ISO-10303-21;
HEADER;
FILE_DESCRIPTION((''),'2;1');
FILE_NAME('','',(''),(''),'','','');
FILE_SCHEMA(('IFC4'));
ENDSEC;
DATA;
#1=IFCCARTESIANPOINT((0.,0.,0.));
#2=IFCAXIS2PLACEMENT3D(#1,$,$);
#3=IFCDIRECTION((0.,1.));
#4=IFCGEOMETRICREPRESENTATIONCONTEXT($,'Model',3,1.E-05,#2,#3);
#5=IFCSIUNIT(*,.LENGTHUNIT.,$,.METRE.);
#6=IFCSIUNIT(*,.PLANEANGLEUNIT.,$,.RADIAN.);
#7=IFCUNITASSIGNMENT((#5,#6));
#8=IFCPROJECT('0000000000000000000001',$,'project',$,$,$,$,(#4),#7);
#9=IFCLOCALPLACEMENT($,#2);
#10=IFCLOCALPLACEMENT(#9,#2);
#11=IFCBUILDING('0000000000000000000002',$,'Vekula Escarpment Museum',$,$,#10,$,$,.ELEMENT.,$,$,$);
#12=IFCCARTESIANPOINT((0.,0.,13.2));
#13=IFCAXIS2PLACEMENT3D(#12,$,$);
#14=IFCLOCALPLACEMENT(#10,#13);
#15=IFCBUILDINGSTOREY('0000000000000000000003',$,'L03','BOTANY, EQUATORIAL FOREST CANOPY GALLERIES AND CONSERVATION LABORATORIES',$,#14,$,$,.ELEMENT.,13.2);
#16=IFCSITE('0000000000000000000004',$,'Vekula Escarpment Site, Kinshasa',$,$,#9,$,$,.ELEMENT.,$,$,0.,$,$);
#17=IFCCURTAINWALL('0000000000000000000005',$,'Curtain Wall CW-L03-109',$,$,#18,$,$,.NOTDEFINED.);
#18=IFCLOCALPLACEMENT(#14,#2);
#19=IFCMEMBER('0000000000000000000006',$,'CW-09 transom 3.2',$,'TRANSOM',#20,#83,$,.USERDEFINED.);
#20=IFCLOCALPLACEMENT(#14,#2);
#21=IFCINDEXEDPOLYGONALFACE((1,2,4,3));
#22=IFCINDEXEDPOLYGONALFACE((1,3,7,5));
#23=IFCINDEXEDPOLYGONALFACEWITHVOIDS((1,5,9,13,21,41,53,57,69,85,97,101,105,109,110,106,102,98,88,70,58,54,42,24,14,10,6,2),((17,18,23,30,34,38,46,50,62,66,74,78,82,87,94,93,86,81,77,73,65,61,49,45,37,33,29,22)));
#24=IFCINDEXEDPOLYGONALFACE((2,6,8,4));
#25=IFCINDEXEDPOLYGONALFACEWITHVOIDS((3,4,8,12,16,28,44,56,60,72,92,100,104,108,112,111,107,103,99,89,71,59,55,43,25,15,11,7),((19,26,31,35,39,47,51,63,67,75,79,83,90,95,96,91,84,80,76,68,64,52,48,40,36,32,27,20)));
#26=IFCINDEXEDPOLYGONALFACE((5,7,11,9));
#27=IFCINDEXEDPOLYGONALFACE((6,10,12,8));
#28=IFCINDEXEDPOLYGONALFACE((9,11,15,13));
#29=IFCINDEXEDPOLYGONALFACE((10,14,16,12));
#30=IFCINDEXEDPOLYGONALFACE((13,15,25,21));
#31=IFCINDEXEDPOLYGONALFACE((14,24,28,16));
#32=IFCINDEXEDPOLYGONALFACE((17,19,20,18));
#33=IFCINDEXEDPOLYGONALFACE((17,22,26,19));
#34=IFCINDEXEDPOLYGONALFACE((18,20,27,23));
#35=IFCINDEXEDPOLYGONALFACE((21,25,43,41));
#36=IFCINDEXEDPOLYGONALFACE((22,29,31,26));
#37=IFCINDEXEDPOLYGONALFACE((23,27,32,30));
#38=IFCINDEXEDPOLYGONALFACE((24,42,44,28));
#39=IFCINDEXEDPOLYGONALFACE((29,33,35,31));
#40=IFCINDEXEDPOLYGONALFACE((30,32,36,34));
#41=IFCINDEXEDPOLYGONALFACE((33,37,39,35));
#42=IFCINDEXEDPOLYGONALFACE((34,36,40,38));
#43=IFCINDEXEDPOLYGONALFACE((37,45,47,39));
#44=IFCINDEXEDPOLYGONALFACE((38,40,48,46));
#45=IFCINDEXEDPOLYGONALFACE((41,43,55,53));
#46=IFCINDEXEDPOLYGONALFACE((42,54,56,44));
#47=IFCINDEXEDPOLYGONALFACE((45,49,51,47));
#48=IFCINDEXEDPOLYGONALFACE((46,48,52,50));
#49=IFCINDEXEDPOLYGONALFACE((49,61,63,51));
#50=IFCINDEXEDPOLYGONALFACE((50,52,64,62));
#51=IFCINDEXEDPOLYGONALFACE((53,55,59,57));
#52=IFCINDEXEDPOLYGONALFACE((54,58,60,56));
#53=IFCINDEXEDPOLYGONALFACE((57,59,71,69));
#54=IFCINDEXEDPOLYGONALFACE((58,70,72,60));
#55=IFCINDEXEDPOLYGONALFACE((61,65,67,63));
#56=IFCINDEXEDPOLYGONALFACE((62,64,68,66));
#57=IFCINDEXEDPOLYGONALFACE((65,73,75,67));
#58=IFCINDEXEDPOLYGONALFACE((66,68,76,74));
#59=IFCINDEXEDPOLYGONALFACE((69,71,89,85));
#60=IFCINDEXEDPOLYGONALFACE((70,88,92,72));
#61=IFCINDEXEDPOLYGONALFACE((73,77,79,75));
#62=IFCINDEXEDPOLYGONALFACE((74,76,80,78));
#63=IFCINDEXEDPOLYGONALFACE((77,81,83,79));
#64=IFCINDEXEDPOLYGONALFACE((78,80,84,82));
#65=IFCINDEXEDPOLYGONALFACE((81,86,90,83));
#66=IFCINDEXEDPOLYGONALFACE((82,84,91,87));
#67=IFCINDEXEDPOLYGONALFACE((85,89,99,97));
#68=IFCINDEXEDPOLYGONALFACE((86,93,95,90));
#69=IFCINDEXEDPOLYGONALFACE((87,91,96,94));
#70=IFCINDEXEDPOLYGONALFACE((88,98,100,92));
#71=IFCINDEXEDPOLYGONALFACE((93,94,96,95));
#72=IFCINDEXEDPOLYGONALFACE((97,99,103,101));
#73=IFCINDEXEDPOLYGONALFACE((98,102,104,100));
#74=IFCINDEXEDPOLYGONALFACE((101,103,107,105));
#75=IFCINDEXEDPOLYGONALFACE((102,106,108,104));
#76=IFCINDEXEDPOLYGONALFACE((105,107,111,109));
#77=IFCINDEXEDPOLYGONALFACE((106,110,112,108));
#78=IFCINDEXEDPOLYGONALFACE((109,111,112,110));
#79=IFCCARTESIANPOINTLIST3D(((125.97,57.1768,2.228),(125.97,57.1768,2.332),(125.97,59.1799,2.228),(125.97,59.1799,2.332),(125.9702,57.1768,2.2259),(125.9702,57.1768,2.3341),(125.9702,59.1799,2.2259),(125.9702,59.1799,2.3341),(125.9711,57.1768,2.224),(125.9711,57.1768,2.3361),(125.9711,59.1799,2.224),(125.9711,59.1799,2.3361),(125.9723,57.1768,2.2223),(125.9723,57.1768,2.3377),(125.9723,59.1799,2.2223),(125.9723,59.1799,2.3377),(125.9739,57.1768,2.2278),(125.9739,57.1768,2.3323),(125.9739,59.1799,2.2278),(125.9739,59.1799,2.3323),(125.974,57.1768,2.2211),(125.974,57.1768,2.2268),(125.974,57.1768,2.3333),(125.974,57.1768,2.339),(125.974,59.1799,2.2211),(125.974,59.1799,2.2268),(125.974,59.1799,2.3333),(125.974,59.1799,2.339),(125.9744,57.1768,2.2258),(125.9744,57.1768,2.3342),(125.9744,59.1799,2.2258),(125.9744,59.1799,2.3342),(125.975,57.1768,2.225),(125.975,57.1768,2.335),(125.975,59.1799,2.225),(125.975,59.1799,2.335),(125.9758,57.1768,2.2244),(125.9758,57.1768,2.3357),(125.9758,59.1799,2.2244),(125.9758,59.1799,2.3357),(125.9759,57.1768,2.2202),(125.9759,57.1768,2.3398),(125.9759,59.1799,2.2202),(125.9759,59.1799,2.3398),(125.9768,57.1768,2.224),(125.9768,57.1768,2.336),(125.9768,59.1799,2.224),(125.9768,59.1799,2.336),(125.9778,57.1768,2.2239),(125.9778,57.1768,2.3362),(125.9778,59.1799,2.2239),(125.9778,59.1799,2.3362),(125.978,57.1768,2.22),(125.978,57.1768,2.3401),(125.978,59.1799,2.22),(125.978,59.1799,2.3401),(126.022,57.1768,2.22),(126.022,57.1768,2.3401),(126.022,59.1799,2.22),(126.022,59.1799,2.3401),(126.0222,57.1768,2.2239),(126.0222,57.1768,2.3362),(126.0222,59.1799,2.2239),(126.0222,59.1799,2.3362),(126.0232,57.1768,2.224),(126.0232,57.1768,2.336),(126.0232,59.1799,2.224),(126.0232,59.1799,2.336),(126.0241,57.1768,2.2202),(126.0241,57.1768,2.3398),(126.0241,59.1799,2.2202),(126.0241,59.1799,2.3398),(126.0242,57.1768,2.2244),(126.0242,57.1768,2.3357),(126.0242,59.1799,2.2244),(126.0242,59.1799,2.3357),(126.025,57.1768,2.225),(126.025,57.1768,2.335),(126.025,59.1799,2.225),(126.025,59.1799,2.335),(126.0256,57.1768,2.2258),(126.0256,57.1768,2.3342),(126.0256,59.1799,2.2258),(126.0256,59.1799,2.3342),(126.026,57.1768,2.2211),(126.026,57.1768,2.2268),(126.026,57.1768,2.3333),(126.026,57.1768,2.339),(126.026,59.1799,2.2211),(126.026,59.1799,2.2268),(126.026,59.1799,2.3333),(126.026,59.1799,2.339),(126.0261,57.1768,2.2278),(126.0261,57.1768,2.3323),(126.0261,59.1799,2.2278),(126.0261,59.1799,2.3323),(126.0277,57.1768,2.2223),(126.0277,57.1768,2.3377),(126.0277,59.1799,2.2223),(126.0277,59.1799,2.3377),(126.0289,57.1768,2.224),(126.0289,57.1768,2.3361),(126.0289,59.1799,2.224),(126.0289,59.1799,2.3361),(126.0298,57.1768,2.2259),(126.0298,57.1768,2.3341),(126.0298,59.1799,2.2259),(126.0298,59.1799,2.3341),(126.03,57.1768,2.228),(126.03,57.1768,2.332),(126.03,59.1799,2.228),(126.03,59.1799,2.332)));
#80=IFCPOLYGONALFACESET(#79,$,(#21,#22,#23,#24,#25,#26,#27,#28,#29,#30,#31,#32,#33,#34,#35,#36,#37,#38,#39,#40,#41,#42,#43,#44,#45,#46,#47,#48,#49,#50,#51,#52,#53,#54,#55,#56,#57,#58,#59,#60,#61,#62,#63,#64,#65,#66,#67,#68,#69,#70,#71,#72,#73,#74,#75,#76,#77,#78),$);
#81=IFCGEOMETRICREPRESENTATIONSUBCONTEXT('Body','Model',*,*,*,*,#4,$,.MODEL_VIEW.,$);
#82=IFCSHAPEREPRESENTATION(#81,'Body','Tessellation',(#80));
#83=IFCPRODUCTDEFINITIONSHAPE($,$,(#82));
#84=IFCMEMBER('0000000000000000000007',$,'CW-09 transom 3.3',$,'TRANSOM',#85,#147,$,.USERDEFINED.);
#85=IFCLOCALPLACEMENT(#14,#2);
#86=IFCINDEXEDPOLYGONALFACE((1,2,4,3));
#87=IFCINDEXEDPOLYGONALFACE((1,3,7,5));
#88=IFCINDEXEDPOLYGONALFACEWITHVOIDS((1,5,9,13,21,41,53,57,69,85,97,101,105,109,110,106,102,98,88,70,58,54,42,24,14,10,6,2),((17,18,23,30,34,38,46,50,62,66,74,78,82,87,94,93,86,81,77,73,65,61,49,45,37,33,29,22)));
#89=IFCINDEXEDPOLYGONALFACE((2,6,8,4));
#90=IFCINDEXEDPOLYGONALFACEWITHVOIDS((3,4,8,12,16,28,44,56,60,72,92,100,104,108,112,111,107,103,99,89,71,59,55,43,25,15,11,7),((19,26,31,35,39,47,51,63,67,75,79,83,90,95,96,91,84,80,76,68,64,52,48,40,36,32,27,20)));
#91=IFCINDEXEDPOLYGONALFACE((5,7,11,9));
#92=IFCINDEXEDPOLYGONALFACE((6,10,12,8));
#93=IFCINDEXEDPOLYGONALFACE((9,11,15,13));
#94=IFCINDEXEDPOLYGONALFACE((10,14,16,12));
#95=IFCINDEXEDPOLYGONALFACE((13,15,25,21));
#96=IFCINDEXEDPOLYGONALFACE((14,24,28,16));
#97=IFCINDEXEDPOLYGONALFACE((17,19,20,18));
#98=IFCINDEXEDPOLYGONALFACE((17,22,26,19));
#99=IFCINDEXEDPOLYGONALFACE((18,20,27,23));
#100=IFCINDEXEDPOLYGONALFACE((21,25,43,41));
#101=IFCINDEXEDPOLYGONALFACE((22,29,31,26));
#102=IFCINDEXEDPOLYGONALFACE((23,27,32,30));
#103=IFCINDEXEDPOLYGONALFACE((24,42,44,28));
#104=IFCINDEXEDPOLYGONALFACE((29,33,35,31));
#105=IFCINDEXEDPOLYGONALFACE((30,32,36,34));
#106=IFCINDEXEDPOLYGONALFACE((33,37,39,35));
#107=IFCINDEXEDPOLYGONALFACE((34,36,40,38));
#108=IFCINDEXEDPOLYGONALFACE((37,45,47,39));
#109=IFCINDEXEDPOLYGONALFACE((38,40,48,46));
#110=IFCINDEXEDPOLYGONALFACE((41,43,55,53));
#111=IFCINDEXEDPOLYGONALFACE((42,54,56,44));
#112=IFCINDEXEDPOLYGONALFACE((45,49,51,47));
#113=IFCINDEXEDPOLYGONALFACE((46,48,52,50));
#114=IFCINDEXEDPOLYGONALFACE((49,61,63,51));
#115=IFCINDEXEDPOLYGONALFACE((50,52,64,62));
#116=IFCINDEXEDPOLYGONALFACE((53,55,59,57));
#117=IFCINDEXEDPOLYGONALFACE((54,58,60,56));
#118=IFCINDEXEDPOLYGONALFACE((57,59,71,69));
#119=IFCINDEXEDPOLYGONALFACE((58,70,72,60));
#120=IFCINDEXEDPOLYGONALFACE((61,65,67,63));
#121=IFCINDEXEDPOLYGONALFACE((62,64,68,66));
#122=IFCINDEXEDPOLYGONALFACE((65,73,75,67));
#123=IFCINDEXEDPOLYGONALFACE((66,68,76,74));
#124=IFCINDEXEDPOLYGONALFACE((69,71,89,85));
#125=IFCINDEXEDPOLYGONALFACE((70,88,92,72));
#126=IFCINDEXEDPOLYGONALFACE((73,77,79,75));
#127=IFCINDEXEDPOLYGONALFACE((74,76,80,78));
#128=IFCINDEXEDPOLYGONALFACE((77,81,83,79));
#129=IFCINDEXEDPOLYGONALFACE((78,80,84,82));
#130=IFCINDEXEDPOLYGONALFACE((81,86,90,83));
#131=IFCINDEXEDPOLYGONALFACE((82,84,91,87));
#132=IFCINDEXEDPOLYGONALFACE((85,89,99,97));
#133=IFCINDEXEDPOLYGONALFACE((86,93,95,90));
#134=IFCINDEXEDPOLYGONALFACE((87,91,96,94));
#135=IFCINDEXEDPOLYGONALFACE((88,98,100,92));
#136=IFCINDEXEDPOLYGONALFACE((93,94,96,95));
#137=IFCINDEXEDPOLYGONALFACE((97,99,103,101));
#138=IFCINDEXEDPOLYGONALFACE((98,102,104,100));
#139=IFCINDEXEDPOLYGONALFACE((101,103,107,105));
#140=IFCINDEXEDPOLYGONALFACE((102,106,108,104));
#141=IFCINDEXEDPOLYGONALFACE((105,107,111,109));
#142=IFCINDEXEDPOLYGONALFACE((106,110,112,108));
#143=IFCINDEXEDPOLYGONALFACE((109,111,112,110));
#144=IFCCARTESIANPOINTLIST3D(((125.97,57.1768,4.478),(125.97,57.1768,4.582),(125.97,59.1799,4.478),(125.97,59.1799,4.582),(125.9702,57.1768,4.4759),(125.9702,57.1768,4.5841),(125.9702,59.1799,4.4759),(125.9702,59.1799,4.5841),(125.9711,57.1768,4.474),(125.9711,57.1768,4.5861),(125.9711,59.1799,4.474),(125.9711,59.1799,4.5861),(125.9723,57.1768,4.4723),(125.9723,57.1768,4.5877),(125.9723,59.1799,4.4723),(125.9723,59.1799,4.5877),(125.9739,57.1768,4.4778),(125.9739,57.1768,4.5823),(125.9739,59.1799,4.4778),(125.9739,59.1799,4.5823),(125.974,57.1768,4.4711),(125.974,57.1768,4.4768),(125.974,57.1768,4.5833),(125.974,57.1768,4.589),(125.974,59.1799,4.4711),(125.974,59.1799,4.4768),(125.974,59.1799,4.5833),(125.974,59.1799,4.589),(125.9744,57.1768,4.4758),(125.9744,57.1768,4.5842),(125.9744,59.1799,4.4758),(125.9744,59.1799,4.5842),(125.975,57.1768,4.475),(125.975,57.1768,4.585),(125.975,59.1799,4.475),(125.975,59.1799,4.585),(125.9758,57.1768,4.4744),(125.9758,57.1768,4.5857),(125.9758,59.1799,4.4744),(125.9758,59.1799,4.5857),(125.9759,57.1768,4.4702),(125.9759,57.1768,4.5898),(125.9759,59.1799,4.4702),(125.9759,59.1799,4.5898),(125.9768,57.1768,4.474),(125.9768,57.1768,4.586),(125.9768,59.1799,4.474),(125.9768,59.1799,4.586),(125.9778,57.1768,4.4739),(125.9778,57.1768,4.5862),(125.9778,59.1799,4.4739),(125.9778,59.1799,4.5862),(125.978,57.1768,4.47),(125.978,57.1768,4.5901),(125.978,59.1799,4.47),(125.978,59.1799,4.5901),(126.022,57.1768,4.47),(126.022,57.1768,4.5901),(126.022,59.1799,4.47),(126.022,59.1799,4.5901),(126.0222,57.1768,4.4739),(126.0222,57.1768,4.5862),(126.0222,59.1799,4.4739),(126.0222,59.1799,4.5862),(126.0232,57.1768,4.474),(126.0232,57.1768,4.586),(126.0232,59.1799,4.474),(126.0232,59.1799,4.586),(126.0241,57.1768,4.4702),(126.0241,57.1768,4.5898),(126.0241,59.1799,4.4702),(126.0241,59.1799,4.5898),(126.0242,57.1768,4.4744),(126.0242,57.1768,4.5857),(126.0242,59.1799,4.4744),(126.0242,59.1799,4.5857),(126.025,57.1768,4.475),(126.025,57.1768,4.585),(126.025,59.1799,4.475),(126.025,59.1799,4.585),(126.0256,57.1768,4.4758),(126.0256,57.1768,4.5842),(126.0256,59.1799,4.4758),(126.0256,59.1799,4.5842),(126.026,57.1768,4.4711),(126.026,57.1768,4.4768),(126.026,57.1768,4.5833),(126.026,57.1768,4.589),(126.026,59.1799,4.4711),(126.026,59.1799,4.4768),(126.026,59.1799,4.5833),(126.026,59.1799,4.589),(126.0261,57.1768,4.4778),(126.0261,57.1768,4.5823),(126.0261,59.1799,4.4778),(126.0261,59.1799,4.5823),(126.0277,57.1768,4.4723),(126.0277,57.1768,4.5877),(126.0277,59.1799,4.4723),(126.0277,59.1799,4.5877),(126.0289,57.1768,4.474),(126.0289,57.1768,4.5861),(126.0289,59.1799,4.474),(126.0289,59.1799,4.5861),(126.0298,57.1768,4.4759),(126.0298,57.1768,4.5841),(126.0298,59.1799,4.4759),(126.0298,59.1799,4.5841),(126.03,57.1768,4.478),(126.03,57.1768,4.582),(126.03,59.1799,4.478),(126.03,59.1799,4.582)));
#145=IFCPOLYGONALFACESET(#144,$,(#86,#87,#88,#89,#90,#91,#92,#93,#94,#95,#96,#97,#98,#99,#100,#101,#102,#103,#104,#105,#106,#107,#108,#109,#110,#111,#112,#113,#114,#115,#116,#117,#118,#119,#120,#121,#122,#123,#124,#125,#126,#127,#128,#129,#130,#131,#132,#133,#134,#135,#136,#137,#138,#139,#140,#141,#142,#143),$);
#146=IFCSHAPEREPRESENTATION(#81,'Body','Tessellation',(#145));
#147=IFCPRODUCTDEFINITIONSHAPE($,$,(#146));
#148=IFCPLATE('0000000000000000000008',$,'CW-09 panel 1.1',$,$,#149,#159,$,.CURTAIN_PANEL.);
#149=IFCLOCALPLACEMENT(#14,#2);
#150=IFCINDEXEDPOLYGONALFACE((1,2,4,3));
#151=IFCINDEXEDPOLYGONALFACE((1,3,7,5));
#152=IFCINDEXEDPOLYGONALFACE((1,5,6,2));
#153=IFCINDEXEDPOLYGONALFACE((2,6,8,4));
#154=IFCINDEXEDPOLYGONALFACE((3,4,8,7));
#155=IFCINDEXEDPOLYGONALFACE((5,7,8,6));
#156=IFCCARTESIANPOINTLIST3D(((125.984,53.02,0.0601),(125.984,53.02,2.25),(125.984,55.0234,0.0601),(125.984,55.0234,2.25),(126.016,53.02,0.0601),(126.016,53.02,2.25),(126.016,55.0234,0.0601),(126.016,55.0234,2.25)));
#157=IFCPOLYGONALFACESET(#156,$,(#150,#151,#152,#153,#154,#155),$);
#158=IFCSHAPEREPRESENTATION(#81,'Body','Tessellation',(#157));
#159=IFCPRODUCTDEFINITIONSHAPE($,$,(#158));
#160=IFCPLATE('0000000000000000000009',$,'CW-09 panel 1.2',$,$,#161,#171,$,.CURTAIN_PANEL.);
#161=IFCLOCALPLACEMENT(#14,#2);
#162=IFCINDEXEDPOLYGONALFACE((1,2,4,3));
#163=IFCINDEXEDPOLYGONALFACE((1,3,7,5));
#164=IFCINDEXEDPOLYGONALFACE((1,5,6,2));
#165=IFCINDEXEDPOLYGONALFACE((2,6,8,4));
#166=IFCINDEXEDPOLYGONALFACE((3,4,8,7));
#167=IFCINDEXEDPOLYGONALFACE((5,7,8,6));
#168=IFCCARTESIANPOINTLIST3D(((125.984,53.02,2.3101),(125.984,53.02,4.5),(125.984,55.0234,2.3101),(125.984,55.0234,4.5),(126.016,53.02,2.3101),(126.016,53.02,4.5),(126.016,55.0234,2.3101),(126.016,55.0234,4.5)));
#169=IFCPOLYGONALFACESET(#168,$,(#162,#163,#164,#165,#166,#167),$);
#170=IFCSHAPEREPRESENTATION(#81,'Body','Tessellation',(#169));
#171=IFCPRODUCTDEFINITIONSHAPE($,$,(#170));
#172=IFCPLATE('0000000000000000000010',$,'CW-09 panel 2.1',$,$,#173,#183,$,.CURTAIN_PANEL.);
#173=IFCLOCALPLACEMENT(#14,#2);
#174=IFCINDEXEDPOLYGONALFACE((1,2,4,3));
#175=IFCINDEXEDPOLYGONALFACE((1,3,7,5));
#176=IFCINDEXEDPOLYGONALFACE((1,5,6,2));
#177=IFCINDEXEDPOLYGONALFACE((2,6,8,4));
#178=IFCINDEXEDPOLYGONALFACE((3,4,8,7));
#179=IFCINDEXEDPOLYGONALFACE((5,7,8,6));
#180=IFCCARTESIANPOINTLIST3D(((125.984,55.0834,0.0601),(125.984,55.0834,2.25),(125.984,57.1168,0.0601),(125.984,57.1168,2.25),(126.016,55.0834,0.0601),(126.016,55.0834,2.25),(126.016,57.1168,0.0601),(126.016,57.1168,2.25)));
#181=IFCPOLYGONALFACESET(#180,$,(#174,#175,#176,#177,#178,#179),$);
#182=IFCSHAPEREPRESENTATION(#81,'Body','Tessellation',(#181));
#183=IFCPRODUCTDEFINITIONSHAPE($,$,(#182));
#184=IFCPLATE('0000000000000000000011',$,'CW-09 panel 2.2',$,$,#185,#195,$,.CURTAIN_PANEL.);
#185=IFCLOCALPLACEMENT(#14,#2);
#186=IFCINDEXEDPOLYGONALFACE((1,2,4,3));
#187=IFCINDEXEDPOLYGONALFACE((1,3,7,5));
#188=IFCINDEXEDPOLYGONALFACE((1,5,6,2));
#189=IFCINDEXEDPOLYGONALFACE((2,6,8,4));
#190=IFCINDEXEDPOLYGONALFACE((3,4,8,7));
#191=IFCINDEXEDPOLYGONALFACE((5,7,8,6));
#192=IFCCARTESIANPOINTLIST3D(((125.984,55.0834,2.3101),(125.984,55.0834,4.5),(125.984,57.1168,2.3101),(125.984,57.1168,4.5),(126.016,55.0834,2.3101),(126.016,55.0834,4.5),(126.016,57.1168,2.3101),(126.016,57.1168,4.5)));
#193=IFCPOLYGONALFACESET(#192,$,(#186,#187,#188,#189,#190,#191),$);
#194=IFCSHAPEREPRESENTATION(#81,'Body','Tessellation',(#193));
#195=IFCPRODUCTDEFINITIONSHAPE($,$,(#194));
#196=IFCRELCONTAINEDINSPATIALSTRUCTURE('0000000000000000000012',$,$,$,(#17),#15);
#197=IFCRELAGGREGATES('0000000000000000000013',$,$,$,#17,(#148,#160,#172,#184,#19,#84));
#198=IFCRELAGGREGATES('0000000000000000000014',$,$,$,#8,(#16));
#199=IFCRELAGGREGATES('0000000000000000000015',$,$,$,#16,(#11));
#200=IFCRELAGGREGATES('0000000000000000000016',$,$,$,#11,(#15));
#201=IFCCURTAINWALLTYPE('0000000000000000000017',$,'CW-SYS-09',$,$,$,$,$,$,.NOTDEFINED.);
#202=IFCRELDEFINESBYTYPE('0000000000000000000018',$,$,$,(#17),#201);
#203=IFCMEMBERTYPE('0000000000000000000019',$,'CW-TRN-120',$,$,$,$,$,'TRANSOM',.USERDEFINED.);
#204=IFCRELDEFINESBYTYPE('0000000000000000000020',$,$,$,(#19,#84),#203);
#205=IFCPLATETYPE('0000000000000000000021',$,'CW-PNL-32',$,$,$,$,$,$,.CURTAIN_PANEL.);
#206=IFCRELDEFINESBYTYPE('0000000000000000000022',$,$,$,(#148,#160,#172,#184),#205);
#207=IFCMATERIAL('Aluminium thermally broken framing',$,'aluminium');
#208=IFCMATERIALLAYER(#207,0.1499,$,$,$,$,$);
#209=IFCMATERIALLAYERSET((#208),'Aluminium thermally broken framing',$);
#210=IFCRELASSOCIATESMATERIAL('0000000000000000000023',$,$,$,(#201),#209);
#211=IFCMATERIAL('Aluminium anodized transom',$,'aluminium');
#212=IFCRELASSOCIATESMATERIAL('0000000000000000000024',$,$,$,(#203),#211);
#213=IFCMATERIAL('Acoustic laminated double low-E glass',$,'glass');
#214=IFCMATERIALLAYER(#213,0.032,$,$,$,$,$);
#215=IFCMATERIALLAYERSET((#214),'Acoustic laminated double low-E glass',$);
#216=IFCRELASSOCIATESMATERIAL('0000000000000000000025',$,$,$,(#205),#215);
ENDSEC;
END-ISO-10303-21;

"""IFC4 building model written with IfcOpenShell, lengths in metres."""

from ifc_helpers import new_model, si_unit, direction, frame, origin, origin_2d, place, context, subcontext, project, spatial, rectangle, hollow_rectangle, extrude, material, layer, layer_set, material_profile, profile_set, type_object, element, aggregate, save


model = new_model("IFC4")

# Units and contexts
model_context = context("Model", 3, precision=1e-05, world=origin(), true_north=direction((0.0, 1.0)))
body_context = subcontext(model_context, "Body", "Model", "MODEL_VIEW")
ifc_project = project(units=[si_unit("LENGTHUNIT", "METRE"), si_unit("PLANEANGLEUNIT", "RADIAN")], contexts=[model_context])

# Site, building, storey
site_placement = place(None, origin())
site = spatial("IfcSite", under=ifc_project, at=site_placement, Name="Vekula Escarpment Site, Kinshasa", CompositionType="ELEMENT", RefElevation=0.0)
building_placement = place(site_placement, origin())
building = spatial("IfcBuilding", under=site, at=building_placement, Name="Vekula Escarpment Museum", CompositionType="ELEMENT")
storey_placement = place(building_placement, frame((0.0, 0.0, 13.2)))
storey = spatial("IfcBuildingStorey", under=building, at=storey_placement, Name="L03", Description="BOTANY, EQUATORIAL FOREST CANOPY GALLERIES AND CONSERVATION LABORATORIES", CompositionType="ELEMENT", Elevation=13.2)

# Curtain wall, members, plates
ifc_material_1 = material(Name="Aluminium thermally broken framing", Category="aluminium")
ifc_layer_1 = layer(ifc_material_1, 0.1499)
ifc_layer_set_1 = layer_set([ifc_layer_1], Name="Aluminium thermally broken framing")
curtain_wall_type = type_object("IfcCurtainWallType", Name="CW-SYS-09", PredefinedType="NOTDEFINED", material=ifc_layer_set_1)
curtain_wall_placement = place(storey_placement, origin())
curtain_wall = element("IfcCurtainWall", 1, at=curtain_wall_placement, inside=storey, type_object=curtain_wall_type, Name="Curtain Wall CW-L03-109", PredefinedType="NOTDEFINED")
ifc_material_2 = material(Name="Aluminium anodized transom", Category="aluminium")
ifc_material_profile_1 = material_profile(ifc_material_2, hollow_rectangle(XDim=0.0601, YDim=0.1201, WallThickness=0.0039, InnerFilletRadius=0.0039, OuterFilletRadius=0.0081, at=origin_2d()), Name="ALU 120x60x4")
ifc_profile_set_1 = profile_set([ifc_material_profile_1], Name="Aluminium anodized transom")
member_type_1 = type_object("IfcMemberType", Name="CW-TRN-120", ElementType="TRANSOM", PredefinedType="USERDEFINED", material=ifc_profile_set_1)
member_1_placement = place(storey_placement, frame((126.0, 57.1768, 2.28), z_axis=(0.0, 1.0, 0.0), x_axis=(-1.0, 0.0, 0.0)))
member_1 = element("IfcMember", 2, at=member_1_placement, type_object=member_type_1, Name="CW-09 transom 3.2", ObjectType="TRANSOM", PredefinedType="USERDEFINED", context=body_context, shape_type="SweptSolid", body=[
    extrude(hollow_rectangle(XDim=0.0601, YDim=0.1201, WallThickness=0.0039, InnerFilletRadius=0.0039, OuterFilletRadius=0.0081, at=origin_2d()), origin(), (0.0, 0.0, 1.0), 2.0032),
])
member_2_placement = place(storey_placement, frame((126.0, 57.1768, 4.53), z_axis=(0.0, 1.0, 0.0), x_axis=(-1.0, 0.0, 0.0)))
member_2 = element("IfcMember", 3, at=member_2_placement, type_object=member_type_1, Name="CW-09 transom 3.3", ObjectType="TRANSOM", PredefinedType="USERDEFINED", context=body_context, shape_type="SweptSolid", body=[
    extrude(hollow_rectangle(XDim=0.0601, YDim=0.1201, WallThickness=0.0039, InnerFilletRadius=0.0039, OuterFilletRadius=0.0081, at=origin_2d()), origin(), (0.0, 0.0, 1.0), 2.0032),
])
ifc_material_3 = material(Name="Acoustic laminated double low-E glass", Category="glass")
ifc_layer_2 = layer(ifc_material_3, 0.032)
ifc_layer_set_2 = layer_set([ifc_layer_2], Name="Acoustic laminated double low-E glass")
plate_type = type_object("IfcPlateType", Name="CW-PNL-32", PredefinedType="CURTAIN_PANEL", material=ifc_layer_set_2)
plate_1_placement = place(storey_placement, frame((126.0, 54.0217, 0.0601), z_axis=(0.0, 0.0, 1.0), x_axis=(0.0, 1.0, 0.0)))
plate_1 = element("IfcPlate", 4, at=plate_1_placement, type_object=plate_type, Name="CW-09 panel 1.1", PredefinedType="CURTAIN_PANEL", context=body_context, shape_type="SweptSolid", body=[
    extrude(rectangle(XDim=2.0034, YDim=0.032, at=origin_2d()), origin(), (0.0, 0.0, 1.0), 2.1899),
])
plate_2_placement = place(storey_placement, frame((126.0, 54.0217, 2.3101), z_axis=(0.0, 0.0, 1.0), x_axis=(0.0, 1.0, 0.0)))
plate_2 = element("IfcPlate", 5, at=plate_2_placement, type_object=plate_type, Name="CW-09 panel 1.2", PredefinedType="CURTAIN_PANEL", context=body_context, shape_type="SweptSolid", body=[
    extrude(rectangle(XDim=2.0034, YDim=0.032, at=origin_2d()), origin(), (0.0, 0.0, 1.0), 2.1899),
])
plate_3_placement = place(storey_placement, frame((126.0, 56.1001, 0.0601), z_axis=(0.0, 0.0, 1.0), x_axis=(0.0, 1.0, 0.0)))
plate_3 = element("IfcPlate", 6, at=plate_3_placement, type_object=plate_type, Name="CW-09 panel 2.1", PredefinedType="CURTAIN_PANEL", context=body_context, shape_type="SweptSolid", body=[
    extrude(rectangle(XDim=2.0334, YDim=0.032, at=origin_2d()), origin(), (0.0, 0.0, 1.0), 2.1899),
])
plate_4_placement = place(storey_placement, frame((126.0, 56.1001, 2.3101), z_axis=(0.0, 0.0, 1.0), x_axis=(0.0, 1.0, 0.0)))
plate_4 = element("IfcPlate", 7, at=plate_4_placement, type_object=plate_type, Name="CW-09 panel 2.2", PredefinedType="CURTAIN_PANEL", context=body_context, shape_type="SweptSolid", body=[
    extrude(rectangle(XDim=2.0334, YDim=0.032, at=origin_2d()), origin(), (0.0, 0.0, 1.0), 2.1899),
])
aggregate(curtain_wall, [plate_1, plate_2, plate_3, plate_4, member_1, member_2])

save(model, "model.ifc")
